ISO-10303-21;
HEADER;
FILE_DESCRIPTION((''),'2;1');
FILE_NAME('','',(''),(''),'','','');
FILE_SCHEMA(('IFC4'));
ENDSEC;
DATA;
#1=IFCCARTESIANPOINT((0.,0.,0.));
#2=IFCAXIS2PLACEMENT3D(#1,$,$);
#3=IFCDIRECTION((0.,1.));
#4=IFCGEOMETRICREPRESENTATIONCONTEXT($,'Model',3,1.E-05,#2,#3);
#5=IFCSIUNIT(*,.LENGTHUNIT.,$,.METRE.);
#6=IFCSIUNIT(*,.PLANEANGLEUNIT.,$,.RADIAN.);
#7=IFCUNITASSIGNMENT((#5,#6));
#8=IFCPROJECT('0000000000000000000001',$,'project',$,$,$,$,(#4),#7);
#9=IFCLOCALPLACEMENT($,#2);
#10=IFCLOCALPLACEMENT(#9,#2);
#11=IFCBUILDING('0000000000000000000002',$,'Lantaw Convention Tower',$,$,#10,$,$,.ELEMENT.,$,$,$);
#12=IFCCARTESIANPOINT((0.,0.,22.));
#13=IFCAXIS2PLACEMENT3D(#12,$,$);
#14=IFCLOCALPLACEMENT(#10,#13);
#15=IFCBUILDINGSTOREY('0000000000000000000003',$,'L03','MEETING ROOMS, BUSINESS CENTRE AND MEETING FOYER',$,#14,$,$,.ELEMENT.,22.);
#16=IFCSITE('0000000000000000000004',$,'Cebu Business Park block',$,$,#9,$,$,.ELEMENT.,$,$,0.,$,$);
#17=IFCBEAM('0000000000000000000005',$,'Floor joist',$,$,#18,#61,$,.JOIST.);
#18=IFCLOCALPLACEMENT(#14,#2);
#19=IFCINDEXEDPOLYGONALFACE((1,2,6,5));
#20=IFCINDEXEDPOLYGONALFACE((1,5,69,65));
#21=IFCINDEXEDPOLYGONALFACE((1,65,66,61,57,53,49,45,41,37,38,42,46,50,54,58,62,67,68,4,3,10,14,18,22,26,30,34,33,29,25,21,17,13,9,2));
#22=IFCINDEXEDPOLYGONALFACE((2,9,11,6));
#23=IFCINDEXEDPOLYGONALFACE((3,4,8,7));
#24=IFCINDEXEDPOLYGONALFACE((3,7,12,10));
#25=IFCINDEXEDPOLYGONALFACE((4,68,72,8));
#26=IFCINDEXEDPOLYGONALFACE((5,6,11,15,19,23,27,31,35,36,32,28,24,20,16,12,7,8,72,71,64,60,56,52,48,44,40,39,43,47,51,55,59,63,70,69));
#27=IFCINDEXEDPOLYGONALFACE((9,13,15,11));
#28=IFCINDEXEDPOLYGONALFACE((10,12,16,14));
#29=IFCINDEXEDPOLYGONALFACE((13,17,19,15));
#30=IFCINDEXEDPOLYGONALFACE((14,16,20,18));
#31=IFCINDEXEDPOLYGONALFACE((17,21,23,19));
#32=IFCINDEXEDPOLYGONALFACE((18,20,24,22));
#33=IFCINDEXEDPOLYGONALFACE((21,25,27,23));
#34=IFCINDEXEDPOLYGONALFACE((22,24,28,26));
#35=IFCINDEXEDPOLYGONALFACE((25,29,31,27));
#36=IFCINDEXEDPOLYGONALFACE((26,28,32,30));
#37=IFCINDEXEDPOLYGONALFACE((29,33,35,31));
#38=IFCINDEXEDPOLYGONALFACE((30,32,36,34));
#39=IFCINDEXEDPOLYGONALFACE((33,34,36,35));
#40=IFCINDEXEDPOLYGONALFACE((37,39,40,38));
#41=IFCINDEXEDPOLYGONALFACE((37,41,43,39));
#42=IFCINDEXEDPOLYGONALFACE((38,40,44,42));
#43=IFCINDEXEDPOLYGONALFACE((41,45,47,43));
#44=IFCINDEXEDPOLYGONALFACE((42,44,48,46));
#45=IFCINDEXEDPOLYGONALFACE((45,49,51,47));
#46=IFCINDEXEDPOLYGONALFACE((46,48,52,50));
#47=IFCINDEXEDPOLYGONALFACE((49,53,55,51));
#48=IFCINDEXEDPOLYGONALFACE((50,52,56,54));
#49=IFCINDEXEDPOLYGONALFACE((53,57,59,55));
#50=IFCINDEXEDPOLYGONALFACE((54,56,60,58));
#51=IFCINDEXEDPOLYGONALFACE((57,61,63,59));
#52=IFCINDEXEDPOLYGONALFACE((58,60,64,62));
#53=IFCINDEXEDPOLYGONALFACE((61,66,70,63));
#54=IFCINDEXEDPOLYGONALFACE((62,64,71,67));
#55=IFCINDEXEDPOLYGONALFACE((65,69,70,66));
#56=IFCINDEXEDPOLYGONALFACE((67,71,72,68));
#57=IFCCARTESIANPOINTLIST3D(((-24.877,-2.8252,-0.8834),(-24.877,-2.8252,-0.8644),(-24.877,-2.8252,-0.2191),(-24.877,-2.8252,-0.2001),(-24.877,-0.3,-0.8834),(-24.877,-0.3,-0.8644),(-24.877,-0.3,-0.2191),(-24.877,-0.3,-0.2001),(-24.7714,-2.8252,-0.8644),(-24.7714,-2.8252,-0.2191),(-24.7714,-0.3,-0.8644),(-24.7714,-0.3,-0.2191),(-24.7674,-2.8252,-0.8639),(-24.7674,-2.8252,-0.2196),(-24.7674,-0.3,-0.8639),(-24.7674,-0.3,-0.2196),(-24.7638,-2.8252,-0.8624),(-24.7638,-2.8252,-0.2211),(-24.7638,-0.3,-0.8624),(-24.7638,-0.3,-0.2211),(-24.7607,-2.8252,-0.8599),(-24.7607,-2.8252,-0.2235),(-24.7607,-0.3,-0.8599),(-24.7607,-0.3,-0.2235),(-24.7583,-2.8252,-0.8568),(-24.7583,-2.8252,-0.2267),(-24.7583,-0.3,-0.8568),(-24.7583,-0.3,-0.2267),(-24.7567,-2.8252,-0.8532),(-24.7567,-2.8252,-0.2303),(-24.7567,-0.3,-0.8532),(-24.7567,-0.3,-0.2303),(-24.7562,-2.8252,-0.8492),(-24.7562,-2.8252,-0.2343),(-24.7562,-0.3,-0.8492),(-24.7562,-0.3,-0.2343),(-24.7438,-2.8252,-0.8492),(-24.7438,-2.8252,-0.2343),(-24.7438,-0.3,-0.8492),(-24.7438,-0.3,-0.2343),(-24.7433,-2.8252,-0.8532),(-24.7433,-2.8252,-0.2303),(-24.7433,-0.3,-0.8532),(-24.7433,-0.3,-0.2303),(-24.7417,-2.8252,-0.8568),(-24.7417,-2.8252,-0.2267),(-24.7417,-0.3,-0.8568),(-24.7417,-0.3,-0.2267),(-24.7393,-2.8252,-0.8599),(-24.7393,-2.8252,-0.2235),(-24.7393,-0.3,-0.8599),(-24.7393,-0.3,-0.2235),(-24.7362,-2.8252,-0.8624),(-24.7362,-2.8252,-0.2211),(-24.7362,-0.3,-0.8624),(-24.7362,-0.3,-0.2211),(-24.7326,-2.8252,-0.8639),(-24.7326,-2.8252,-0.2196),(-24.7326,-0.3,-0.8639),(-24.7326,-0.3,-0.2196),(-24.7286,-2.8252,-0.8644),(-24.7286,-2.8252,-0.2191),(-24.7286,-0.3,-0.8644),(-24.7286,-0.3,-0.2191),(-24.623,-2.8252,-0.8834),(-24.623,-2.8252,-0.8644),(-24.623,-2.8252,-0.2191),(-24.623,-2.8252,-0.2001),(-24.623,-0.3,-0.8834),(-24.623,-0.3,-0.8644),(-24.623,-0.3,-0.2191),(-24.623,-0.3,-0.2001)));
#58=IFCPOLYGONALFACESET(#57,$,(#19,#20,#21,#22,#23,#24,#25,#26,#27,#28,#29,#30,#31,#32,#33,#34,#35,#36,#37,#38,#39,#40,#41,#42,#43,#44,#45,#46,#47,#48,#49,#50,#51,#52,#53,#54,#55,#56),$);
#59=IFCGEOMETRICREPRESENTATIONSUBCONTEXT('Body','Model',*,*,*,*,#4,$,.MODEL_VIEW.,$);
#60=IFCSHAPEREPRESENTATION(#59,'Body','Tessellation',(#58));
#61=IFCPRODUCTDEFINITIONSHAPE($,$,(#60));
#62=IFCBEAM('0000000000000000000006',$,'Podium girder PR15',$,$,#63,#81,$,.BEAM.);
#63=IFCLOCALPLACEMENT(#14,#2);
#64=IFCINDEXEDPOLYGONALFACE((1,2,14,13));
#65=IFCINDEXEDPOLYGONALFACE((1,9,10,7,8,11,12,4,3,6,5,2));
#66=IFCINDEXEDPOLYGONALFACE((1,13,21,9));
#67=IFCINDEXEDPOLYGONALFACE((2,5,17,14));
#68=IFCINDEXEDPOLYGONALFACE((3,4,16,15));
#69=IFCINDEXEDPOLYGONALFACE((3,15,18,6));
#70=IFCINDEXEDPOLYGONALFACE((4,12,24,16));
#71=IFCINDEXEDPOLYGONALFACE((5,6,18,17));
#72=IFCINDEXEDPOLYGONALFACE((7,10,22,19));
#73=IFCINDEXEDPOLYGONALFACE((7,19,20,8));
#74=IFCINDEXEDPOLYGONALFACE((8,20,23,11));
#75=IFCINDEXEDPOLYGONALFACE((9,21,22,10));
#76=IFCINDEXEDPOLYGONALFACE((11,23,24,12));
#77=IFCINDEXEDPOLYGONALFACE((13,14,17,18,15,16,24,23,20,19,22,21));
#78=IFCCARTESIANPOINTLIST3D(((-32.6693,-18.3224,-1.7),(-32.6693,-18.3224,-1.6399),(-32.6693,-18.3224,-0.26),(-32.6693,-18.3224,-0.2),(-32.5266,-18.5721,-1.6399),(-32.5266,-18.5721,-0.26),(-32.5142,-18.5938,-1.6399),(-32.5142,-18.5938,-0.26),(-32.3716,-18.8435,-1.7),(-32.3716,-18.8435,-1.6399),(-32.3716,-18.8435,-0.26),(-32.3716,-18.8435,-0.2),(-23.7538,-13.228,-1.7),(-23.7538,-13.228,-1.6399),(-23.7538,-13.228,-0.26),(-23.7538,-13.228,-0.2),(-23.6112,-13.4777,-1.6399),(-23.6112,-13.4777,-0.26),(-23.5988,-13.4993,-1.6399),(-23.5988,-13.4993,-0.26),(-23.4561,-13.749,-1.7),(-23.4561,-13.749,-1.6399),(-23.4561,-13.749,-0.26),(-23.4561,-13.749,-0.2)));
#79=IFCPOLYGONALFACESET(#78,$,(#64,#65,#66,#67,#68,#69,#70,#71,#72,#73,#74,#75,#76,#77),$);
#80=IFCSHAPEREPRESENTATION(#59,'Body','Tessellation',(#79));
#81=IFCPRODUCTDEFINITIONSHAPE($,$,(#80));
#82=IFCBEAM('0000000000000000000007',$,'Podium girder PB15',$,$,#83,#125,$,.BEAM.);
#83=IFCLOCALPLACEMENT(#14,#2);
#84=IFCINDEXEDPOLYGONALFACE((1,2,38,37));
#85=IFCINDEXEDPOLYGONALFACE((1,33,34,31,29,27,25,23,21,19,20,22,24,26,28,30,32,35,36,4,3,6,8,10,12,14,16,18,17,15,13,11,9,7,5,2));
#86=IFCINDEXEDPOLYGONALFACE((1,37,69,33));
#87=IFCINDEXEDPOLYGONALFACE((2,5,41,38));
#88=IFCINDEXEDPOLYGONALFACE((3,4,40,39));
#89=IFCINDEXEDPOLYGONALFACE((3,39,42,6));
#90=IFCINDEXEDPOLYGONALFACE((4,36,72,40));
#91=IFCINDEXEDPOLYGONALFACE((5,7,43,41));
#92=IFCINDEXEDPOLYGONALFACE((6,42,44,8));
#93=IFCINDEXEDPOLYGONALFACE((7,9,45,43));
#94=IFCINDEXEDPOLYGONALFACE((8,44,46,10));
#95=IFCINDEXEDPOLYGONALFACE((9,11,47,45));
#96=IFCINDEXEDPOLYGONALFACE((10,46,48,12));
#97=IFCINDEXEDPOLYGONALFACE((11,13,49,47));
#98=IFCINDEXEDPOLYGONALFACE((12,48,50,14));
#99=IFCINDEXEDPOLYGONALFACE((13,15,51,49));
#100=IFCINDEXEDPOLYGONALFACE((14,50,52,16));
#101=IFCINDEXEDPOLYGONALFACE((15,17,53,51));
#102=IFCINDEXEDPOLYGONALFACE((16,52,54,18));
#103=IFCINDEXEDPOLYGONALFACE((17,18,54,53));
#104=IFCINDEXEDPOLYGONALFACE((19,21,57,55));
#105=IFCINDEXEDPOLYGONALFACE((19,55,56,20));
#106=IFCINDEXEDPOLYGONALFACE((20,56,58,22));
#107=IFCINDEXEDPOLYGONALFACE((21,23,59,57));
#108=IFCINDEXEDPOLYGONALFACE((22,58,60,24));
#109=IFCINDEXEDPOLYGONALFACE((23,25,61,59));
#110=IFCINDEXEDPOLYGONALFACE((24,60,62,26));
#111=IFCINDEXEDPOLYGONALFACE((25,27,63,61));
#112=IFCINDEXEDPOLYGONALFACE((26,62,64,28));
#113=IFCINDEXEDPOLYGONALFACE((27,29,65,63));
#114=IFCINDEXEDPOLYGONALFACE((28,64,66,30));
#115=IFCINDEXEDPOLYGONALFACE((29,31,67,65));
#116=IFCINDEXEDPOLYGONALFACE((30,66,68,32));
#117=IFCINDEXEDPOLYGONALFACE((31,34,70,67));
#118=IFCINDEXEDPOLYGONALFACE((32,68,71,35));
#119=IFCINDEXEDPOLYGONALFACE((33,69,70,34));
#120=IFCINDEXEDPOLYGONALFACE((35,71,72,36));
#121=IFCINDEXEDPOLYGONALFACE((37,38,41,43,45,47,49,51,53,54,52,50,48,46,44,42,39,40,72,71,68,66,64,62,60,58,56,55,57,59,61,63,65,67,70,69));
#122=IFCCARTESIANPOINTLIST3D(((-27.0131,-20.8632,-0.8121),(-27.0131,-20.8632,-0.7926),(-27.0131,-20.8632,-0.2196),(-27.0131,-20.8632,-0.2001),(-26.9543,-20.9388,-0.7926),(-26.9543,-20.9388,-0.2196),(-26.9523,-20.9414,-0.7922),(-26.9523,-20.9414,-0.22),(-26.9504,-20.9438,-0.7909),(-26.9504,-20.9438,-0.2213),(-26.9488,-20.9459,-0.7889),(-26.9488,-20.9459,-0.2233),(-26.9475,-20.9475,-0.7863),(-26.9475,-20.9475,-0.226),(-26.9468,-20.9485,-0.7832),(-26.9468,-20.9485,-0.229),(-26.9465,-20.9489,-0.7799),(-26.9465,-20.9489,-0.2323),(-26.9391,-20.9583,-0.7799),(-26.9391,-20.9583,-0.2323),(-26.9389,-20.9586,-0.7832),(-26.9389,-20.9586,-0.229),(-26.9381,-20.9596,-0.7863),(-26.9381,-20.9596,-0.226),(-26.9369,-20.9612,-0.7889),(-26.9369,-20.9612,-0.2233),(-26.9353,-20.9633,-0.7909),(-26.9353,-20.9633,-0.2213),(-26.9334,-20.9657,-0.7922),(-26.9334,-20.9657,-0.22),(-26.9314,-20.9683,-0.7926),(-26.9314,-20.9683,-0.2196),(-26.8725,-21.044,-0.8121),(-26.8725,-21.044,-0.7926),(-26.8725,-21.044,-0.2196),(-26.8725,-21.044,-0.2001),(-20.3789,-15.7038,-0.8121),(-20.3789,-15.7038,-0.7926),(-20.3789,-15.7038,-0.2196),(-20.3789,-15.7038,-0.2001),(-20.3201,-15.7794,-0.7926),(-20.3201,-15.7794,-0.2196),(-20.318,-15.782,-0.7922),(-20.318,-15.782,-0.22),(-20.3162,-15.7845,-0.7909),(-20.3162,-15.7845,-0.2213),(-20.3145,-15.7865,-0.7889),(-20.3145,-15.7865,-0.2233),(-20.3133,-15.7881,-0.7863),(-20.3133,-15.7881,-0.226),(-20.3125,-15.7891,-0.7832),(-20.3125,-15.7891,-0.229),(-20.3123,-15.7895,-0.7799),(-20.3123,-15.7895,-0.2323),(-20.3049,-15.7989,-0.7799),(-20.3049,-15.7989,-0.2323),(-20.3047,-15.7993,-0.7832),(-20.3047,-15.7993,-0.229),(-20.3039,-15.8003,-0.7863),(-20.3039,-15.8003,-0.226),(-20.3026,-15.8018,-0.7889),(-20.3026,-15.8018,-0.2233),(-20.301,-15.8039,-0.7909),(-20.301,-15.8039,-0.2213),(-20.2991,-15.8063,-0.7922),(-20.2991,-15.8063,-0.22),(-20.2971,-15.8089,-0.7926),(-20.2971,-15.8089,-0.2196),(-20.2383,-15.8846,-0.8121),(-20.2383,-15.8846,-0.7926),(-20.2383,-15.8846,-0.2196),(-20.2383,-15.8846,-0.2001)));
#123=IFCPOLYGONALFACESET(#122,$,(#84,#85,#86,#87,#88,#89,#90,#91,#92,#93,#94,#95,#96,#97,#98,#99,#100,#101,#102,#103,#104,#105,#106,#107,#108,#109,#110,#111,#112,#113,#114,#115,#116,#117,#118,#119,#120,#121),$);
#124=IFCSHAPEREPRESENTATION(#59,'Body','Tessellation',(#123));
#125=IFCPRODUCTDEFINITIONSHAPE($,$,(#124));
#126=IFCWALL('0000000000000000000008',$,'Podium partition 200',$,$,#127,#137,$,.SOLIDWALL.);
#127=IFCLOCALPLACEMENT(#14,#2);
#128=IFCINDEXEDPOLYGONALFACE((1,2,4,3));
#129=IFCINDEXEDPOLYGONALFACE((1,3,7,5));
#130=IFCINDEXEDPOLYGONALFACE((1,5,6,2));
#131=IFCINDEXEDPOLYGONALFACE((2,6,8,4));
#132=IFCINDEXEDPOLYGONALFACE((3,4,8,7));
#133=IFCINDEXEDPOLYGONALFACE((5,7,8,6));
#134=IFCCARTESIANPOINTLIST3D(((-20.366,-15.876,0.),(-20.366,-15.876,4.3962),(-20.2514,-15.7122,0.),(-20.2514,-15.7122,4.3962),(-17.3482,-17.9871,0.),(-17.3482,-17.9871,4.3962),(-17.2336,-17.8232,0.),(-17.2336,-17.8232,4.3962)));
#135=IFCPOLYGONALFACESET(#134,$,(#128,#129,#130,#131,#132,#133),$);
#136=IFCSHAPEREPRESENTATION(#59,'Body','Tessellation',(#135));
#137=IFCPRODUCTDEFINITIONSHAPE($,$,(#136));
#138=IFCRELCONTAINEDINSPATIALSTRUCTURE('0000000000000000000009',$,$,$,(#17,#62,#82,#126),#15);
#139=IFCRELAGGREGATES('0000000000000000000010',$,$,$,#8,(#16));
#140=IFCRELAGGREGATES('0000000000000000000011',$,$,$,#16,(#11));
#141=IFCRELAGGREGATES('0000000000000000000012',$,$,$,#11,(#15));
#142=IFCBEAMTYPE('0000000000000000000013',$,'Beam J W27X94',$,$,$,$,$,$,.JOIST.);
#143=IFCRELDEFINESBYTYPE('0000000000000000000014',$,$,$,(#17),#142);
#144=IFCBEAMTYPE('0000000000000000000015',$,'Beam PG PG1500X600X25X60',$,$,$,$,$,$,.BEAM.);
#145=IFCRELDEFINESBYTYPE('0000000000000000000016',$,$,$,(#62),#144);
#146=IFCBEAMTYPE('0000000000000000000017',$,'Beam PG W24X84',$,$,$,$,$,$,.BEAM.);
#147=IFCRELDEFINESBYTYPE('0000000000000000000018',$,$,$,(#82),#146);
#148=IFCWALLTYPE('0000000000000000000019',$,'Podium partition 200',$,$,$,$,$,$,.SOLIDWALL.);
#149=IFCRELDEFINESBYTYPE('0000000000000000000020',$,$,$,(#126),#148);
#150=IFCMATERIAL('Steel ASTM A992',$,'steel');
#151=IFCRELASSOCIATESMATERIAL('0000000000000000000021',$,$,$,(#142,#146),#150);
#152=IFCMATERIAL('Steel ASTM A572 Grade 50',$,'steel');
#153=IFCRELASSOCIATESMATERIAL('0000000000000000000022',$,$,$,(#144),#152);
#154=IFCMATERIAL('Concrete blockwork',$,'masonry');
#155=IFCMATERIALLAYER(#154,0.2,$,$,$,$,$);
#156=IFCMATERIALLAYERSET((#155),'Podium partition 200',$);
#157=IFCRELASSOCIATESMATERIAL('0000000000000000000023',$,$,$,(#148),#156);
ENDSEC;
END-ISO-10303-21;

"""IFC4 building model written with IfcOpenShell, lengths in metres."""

from ifc_helpers import new_model, si_unit, direction, frame, frame_2d, origin, origin_2d, place, context, subcontext, project, spatial, rectangle, i_section, extrude, material, layer, layer_set, material_profile, profile_set, type_object, element, save


model = new_model("IFC4")

# Units and contexts
model_context = context("Model", 3, precision=1e-05, world=origin(), true_north=direction((0.0, 1.0)))
body_context = subcontext(model_context, "Body", "Model", "MODEL_VIEW")
ifc_project = project(units=[si_unit("LENGTHUNIT", "METRE"), si_unit("PLANEANGLEUNIT", "RADIAN")], contexts=[model_context])

# Site, building, storey
site_placement = place(None, origin())
site = spatial("IfcSite", under=ifc_project, at=site_placement, Name="Cebu Business Park block", CompositionType="ELEMENT", RefElevation=0.0)
building_placement = place(site_placement, origin())
building = spatial("IfcBuilding", under=site, at=building_placement, Name="Lantaw Convention Tower", CompositionType="ELEMENT")
storey_placement = place(building_placement, frame((0.0, 0.0, 22.0)))
storey = spatial("IfcBuildingStorey", under=building, at=storey_placement, Name="L03", Description="MEETING ROOMS, BUSINESS CENTRE AND MEETING FOYER", CompositionType="ELEMENT", Elevation=22.0)

# Shared definitions
ifc_material_1 = material(Name="Steel ASTM A572 Grade 50", Category="steel")

# Beams
ifc_material_2 = material(Name="Steel ASTM A992", Category="steel")
ifc_material_profile_1 = material_profile(ifc_material_2, i_section(OverallWidth=0.2539, OverallDepth=0.6833, WebThickness=0.0125, FlangeThickness=0.019, FilletRadius=0.0151, at=origin_2d()), Name="W27X94")
ifc_profile_set_1 = profile_set([ifc_material_profile_1], Name="Steel ASTM A992")
beam_type_1 = type_object("IfcBeamType", Name="Beam J W27X94", PredefinedType="JOIST", material=ifc_profile_set_1)
beam_1_placement = place(storey_placement, frame((-24.75, -2.8252, -0.5417), z_axis=(0.0, 1.0, 0.0), x_axis=(-1.0, 0.0, 0.0)))
element("IfcBeam", 1, at=beam_1_placement, inside=storey, type_object=beam_type_1, Name="Floor joist", PredefinedType="JOIST", context=body_context, shape_type="SweptSolid", body=[
    extrude(i_section(OverallWidth=0.2539, OverallDepth=0.6833, WebThickness=0.0125, FlangeThickness=0.019, FilletRadius=0.0151, at=origin_2d()), origin(), (0.0, 0.0, 1.0), 2.5251),
])
ifc_material_profile_2 = material_profile(ifc_material_1, i_section(OverallWidth=0.6001, OverallDepth=1.5, WebThickness=0.0249, FlangeThickness=0.0601, at=origin_2d()), Name="PG1500X600X25X60")
ifc_profile_set_2 = profile_set([ifc_material_profile_2], Name="Steel ASTM A572 Grade 50")
beam_type_2 = type_object("IfcBeamType", Name="Beam PG PG1500X600X25X60", PredefinedType="BEAM", material=ifc_profile_set_2)
beam_2_placement = place(storey_placement, frame((-23.605, -13.4885, -0.95), z_axis=(-0.868248, -0.496131, 0.0), x_axis=(0.496131, -0.868248, 0.0)))
element("IfcBeam", 2, at=beam_2_placement, inside=storey, type_object=beam_type_2, Name="Podium girder PR15", PredefinedType="BEAM", context=body_context, shape_type="SweptSolid", body=[
    extrude(i_section(OverallWidth=0.6001, OverallDepth=1.5, WebThickness=0.0249, FlangeThickness=0.0601, at=origin_2d()), origin(), (0.0, 0.0, 1.0), 10.2683),
])
ifc_material_profile_3 = material_profile(ifc_material_2, i_section(OverallWidth=0.229, OverallDepth=0.6121, WebThickness=0.012, FlangeThickness=0.0195, FilletRadius=0.0127, at=origin_2d()), Name="W24X84")
ifc_profile_set_3 = profile_set([ifc_material_profile_3], Name="Steel ASTM A992")
beam_type_3 = type_object("IfcBeamType", Name="Beam PG W24X84", PredefinedType="BEAM", material=ifc_profile_set_3)
beam_3_placement = place(storey_placement, frame((-20.3086, -15.7942, -0.5061), z_axis=(-0.789385, -0.613898, 0.0), x_axis=(0.613898, -0.789385, 0.0)))
element("IfcBeam", 3, at=beam_3_placement, inside=storey, type_object=beam_type_3, Name="Podium girder PB15", PredefinedType="BEAM", context=body_context, shape_type="SweptSolid", body=[
    extrude(i_section(OverallWidth=0.229, OverallDepth=0.6121, WebThickness=0.012, FlangeThickness=0.0195, FilletRadius=0.0127, at=origin_2d()), origin(), (0.0, 0.0, 1.0), 8.4043),
])

# Shared definitions
ifc_material_3 = material(Name="Concrete blockwork", Category="masonry")
ifc_layer = layer(ifc_material_3, 0.2)
ifc_layer_set = layer_set([ifc_layer], Name="Podium partition 200")
wall_type = type_object("IfcWallType", Name="Podium partition 200", PredefinedType="SOLIDWALL", material=ifc_layer_set)

# Wall
wall_1_placement = place(storey_placement, frame((-20.3086, -15.7942, 0.0), z_axis=(0.0, 0.0, 1.0), x_axis=(0.819409, -0.573209, 0.0)))
element("IfcWall", 4, at=wall_1_placement, inside=storey, type_object=wall_type, Name="Podium partition 200", PredefinedType="SOLIDWALL", context=body_context, shape_type="SweptSolid", body=[
    extrude(rectangle(XDim=3.6829, YDim=0.2, at=frame_2d((1.8413, 0.0))), origin(), (0.0, 0.0, 1.0), 4.3962),
])

save(model, "model.ifc")
